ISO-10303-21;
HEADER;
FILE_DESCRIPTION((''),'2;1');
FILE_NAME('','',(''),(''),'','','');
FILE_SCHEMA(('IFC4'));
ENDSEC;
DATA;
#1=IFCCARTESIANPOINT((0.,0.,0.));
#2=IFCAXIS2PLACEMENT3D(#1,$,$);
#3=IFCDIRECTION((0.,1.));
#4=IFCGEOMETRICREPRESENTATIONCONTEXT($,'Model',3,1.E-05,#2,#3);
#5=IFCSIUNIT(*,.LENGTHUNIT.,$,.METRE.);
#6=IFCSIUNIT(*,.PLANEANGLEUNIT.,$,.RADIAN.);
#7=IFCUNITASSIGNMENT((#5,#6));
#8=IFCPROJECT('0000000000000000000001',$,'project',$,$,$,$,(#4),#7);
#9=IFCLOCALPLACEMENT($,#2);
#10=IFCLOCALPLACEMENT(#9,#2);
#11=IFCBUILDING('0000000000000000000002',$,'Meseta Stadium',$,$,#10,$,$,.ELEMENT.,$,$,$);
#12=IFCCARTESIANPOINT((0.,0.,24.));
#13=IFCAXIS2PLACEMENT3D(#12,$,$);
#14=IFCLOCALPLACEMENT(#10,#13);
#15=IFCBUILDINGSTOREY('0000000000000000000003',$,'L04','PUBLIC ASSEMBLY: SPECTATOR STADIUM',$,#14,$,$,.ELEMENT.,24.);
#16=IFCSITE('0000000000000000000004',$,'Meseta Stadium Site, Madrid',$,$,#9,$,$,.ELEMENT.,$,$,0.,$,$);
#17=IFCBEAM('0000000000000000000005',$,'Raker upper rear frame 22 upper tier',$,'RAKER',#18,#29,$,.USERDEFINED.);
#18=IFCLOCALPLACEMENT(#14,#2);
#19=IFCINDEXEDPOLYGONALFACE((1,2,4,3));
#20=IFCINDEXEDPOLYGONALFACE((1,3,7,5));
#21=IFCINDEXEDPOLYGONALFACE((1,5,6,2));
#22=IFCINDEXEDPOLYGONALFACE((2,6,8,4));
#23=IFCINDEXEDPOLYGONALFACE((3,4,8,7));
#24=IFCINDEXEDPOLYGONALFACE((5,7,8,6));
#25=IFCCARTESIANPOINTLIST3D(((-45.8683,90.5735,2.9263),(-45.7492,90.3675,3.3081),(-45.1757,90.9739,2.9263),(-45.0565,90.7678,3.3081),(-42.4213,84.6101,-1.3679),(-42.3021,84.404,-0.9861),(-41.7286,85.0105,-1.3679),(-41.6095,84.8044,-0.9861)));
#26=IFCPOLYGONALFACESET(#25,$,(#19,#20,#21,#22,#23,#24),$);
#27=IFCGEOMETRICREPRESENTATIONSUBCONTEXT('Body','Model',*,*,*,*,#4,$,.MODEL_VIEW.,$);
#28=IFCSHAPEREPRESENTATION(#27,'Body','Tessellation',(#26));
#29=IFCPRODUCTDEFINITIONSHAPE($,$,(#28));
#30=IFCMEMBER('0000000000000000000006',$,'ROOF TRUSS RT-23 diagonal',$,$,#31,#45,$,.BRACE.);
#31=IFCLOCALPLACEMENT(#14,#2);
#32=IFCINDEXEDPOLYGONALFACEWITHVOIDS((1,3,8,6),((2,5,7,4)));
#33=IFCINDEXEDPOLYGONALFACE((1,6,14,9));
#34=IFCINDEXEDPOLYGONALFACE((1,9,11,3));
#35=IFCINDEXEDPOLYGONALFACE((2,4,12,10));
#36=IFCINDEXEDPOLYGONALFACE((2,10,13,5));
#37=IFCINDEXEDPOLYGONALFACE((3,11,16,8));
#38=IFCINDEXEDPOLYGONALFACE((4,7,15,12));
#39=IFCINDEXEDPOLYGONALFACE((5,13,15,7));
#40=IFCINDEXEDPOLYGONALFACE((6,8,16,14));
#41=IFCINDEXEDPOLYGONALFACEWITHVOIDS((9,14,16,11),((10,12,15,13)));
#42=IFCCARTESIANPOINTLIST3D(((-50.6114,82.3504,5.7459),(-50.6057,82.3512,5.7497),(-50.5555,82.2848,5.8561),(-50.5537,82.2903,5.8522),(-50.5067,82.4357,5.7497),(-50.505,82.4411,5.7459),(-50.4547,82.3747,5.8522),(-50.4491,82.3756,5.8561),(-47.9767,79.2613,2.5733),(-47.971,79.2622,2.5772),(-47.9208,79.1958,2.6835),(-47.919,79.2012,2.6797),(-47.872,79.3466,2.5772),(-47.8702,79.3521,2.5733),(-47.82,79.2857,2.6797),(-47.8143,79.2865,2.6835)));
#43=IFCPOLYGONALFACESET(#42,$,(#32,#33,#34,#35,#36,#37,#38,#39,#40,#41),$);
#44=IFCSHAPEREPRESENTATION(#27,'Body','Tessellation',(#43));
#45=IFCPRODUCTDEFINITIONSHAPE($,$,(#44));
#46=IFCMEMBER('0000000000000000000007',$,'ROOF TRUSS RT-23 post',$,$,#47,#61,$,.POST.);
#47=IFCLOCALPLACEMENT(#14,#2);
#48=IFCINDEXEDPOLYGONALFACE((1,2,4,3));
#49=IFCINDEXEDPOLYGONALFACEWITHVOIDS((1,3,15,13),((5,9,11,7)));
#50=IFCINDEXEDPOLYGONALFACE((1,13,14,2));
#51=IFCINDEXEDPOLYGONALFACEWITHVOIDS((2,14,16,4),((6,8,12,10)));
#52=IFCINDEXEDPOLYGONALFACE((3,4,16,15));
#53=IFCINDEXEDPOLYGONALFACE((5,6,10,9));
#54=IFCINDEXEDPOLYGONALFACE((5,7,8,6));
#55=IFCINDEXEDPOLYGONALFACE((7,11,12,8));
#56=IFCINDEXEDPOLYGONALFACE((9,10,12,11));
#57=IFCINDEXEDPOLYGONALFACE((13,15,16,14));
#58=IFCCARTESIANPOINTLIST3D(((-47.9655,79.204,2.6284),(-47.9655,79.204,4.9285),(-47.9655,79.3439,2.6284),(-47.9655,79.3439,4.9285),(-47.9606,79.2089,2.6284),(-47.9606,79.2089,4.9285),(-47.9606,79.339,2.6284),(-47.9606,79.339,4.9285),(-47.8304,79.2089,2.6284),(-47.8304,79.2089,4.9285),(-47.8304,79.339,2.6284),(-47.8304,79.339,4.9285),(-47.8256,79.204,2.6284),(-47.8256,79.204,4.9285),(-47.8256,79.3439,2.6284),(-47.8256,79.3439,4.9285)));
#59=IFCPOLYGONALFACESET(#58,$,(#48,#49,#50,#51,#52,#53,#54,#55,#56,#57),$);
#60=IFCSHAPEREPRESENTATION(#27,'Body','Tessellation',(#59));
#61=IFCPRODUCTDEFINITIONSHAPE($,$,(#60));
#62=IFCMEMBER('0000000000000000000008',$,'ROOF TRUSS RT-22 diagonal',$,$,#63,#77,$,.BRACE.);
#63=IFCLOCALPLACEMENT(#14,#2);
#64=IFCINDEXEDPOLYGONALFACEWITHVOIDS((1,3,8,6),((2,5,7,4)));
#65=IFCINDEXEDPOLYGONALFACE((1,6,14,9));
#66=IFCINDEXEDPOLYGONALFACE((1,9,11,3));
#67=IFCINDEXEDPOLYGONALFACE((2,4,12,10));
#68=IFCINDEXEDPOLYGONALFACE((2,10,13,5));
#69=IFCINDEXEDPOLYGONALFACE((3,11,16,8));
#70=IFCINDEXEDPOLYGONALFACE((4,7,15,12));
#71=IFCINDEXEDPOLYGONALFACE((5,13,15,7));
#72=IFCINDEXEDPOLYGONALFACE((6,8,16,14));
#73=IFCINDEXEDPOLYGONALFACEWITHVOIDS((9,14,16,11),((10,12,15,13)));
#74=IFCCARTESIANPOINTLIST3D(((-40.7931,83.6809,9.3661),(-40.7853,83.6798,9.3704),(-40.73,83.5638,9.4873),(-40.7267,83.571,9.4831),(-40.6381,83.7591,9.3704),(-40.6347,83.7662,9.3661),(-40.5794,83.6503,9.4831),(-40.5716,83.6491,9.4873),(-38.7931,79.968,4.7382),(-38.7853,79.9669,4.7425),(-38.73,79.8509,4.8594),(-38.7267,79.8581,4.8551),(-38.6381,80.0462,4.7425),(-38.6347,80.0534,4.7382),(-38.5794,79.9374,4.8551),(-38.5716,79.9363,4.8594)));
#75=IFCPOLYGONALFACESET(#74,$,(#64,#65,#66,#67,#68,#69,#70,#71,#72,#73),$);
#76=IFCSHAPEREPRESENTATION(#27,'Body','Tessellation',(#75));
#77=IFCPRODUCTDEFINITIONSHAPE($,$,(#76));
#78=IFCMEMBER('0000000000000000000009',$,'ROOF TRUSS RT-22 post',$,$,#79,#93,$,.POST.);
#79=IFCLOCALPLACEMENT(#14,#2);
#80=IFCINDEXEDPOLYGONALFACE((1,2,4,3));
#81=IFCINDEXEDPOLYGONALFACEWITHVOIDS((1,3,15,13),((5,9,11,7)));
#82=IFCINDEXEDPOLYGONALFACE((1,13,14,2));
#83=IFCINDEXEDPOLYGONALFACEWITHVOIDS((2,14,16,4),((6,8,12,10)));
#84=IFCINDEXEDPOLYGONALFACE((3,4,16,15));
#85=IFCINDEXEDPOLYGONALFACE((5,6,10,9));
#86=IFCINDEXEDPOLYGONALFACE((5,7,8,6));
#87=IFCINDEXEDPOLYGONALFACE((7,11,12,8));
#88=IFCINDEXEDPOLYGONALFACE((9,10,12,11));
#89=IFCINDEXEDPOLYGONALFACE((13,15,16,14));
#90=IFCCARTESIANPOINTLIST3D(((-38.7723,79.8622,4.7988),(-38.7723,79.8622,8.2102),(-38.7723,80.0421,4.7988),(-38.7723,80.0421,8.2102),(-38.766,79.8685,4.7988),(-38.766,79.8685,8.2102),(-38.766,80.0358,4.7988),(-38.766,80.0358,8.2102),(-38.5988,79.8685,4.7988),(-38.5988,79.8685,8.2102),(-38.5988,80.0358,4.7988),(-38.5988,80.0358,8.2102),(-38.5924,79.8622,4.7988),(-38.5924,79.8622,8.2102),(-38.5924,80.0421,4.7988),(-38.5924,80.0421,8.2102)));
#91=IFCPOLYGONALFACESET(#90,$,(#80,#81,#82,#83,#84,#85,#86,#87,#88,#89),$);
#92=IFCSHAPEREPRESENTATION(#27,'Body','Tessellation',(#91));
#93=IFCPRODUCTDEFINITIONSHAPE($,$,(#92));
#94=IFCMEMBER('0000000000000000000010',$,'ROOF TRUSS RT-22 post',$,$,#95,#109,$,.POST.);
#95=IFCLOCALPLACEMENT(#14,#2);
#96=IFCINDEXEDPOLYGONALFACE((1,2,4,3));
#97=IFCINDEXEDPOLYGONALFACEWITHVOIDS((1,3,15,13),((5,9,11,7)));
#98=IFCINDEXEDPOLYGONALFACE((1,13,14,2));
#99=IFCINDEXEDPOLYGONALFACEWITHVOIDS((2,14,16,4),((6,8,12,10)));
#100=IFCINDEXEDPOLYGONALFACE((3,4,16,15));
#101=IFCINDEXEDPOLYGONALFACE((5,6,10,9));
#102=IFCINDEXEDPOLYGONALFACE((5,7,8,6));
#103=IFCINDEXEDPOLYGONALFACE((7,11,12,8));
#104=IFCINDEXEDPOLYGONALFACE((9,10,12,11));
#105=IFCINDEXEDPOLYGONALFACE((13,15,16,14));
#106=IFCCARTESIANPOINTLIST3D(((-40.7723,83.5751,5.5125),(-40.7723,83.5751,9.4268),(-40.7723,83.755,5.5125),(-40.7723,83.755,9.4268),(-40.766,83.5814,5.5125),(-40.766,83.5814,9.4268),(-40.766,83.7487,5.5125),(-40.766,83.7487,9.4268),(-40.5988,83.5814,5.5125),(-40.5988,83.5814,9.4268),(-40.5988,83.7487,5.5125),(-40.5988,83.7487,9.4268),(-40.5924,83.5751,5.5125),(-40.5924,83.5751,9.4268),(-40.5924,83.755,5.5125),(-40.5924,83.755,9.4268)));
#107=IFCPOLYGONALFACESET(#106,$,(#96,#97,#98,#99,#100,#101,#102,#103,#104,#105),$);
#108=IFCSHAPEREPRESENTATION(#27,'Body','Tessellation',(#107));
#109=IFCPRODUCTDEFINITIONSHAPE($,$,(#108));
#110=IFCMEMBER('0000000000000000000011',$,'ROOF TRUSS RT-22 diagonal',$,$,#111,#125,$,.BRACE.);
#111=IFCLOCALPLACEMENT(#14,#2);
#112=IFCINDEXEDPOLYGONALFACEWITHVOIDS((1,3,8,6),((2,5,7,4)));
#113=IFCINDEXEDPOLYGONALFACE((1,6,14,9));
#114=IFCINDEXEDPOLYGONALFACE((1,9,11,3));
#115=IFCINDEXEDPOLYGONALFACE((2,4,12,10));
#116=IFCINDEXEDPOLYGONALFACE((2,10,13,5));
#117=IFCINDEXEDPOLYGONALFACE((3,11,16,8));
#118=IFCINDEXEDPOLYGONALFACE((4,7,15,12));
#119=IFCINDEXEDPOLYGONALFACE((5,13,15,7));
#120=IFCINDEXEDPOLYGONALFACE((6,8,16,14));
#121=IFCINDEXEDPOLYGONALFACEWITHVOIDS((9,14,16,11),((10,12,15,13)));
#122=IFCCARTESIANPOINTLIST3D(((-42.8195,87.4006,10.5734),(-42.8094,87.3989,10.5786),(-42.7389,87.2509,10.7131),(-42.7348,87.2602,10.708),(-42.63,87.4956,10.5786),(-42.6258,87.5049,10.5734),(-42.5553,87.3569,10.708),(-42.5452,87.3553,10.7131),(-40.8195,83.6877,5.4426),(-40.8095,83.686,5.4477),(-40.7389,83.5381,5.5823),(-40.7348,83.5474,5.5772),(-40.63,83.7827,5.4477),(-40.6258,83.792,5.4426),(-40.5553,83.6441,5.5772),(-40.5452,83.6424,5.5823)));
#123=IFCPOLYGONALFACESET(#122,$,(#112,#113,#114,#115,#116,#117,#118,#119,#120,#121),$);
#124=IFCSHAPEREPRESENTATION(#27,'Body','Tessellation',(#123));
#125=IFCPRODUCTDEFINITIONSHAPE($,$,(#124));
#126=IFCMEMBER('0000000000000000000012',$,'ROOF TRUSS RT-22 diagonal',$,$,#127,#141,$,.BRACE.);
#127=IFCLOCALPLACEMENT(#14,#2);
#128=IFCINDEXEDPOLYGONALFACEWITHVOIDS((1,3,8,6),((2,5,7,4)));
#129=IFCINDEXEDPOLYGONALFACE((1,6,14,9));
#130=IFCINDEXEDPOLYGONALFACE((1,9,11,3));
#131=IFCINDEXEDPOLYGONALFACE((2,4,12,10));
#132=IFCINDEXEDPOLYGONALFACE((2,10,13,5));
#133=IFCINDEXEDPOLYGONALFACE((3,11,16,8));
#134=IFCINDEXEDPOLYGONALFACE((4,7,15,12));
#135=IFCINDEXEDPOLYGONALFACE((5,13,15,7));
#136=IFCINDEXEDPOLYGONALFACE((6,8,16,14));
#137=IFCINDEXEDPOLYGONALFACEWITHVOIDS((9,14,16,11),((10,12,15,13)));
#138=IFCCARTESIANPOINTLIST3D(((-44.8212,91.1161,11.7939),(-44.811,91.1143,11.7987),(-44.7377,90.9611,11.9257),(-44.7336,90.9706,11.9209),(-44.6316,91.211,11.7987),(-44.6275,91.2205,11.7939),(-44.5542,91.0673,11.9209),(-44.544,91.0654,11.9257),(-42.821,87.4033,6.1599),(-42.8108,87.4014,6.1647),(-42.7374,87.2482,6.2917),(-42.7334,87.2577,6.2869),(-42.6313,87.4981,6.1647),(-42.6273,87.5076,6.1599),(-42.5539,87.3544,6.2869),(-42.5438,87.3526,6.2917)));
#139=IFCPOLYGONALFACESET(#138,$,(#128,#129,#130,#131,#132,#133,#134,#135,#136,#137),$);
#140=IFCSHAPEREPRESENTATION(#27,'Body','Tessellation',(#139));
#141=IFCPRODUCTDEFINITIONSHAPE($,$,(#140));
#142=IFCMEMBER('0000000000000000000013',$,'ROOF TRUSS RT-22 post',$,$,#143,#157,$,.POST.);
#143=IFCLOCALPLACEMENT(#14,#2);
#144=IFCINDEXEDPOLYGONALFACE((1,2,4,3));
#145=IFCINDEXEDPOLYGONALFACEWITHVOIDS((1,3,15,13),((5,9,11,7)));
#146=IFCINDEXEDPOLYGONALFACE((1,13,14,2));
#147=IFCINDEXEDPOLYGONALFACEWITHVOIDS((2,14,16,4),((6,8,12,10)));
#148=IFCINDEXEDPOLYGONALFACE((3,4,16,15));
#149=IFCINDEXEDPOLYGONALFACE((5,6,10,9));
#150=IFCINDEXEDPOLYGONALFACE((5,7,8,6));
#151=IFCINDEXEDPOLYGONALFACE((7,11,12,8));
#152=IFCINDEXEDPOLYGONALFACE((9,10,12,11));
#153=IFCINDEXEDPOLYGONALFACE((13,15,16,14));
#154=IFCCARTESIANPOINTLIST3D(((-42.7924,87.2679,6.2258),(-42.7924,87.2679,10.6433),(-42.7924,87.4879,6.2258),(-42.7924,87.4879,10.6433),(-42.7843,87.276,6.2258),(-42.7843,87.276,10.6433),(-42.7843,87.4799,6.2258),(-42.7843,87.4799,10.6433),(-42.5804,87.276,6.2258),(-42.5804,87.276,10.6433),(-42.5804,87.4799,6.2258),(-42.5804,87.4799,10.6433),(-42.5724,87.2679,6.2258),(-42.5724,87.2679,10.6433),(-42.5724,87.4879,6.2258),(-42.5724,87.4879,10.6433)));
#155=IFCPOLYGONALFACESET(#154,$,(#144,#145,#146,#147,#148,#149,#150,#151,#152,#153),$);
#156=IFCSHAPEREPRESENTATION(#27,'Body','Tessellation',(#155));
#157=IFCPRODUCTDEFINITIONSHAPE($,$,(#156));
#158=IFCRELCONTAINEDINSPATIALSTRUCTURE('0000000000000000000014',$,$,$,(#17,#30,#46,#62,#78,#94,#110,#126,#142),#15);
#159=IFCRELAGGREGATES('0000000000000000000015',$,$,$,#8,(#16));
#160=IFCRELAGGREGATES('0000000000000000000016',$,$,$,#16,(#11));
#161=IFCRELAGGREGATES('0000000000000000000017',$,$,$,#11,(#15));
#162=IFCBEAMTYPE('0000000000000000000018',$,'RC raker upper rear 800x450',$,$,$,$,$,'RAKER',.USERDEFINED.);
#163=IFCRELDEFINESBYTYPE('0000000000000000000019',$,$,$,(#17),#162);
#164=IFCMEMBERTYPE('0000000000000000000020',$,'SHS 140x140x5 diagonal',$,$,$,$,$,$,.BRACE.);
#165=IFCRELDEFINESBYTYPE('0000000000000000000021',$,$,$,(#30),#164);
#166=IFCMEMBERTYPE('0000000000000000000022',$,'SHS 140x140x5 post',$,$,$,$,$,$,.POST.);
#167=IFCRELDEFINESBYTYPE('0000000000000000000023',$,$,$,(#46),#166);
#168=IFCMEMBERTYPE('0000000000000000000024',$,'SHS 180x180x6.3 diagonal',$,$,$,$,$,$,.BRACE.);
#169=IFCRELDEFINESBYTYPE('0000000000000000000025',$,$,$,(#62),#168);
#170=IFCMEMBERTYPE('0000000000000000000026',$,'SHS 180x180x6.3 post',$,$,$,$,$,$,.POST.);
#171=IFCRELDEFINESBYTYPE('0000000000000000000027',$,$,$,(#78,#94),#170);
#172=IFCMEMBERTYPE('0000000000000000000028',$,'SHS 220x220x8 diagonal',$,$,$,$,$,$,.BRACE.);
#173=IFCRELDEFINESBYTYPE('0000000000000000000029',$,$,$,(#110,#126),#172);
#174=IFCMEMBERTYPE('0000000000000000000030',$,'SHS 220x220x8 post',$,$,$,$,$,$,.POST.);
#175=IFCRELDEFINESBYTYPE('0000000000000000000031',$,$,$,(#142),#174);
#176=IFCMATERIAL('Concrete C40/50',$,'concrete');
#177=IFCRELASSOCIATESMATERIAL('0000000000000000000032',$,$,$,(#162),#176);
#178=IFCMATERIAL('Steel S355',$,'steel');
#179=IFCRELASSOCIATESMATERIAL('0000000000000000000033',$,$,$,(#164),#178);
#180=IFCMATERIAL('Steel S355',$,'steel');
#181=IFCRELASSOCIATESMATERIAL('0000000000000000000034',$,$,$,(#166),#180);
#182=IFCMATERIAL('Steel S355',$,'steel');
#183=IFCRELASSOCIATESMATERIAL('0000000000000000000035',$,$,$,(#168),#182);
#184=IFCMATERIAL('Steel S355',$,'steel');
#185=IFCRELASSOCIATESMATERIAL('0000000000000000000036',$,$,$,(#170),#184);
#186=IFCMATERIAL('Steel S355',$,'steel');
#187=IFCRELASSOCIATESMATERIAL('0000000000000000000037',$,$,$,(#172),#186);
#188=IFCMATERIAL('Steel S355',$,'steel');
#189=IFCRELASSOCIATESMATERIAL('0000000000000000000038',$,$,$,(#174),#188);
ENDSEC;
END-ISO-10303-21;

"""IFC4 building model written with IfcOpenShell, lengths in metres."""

from ifc_helpers import new_model, si_unit, direction, frame, origin, origin_2d, place, context, subcontext, project, spatial, rectangle, hollow_rectangle, extrude, material, material_profile, profile_set, type_object, element, save


model = new_model("IFC4")

# Units and contexts
model_context = context("Model", 3, precision=1e-05, world=origin(), true_north=direction((0.0, 1.0)))
body_context = subcontext(model_context, "Body", "Model", "MODEL_VIEW")
ifc_project = project(units=[si_unit("LENGTHUNIT", "METRE"), si_unit("PLANEANGLEUNIT", "RADIAN")], contexts=[model_context])

# Site, building, storey
site_placement = place(None, origin())
site = spatial("IfcSite", under=ifc_project, at=site_placement, Name="Meseta Stadium Site, Madrid", CompositionType="ELEMENT", RefElevation=0.0)
building_placement = place(site_placement, origin())
building = spatial("IfcBuilding", under=site, at=building_placement, Name="Meseta Stadium", CompositionType="ELEMENT")
storey_placement = place(building_placement, frame((0.0, 0.0, 24.0)))
storey = spatial("IfcBuildingStorey", under=building, at=storey_placement, Name="L04", Description="PUBLIC ASSEMBLY: SPECTATOR STADIUM", CompositionType="ELEMENT", Elevation=24.0)

# Beam
ifc_material_1 = material(Name="Concrete C40/50", Category="concrete")
ifc_material_profile_1 = material_profile(ifc_material_1, rectangle(XDim=0.8, YDim=0.45, at=origin_2d()), Name="RC 800x450")
ifc_profile_set_1 = profile_set([ifc_material_profile_1], Name="Concrete C40/50")
beam_type = type_object("IfcBeamType", Name="RC raker upper rear 800x450", ElementType="RAKER", PredefinedType="USERDEFINED", material=ifc_profile_set_1)
beam_placement = place(storey_placement, frame((-42.0154, 84.7073, -1.177), z_axis=(-0.424673, 0.734688, 0.529044), x_axis=(-0.86577, -0.500442, 0.0)))
element("IfcBeam", 1, at=beam_placement, inside=storey, type_object=beam_type, Name="Raker upper rear frame 22 upper tier", ObjectType="RAKER", PredefinedType="USERDEFINED", context=body_context, shape_type="SweptSolid", body=[
    extrude(rectangle(XDim=0.8, YDim=0.45, at=origin_2d()), origin(), (0.0, 0.0, 1.0), 8.1169),
])

# Members
ifc_material_2 = material(Name="Steel S355", Category="steel")
ifc_material_profile_2 = material_profile(ifc_material_2, hollow_rectangle(XDim=0.1399, YDim=0.1399, WallThickness=0.0049, at=origin_2d()), Name="SHS 140x140x5")
ifc_profile_set_2 = profile_set([ifc_material_profile_2], Name="Steel S355")
member_type_1 = type_object("IfcMemberType", Name="SHS 140x140x5 diagonal", PredefinedType="BRACE", material=ifc_profile_set_2)
member_1_placement = place(storey_placement, frame((-47.8955, 79.2739, 2.6284), z_axis=(-0.51134, 0.599516, 0.615721), x_axis=(-0.760842, -0.648937, 0.0)))
element("IfcMember", 2, at=member_1_placement, inside=storey, type_object=member_type_1, Name="ROOF TRUSS RT-23 diagonal", PredefinedType="BRACE", context=body_context, shape_type="SweptSolid", body=[
    extrude(hollow_rectangle(XDim=0.1399, YDim=0.1399, WallThickness=0.0049, at=origin_2d()), origin(), (0.0, 0.0, 1.0), 5.1526),
])
ifc_material_3 = material(Name="Steel S355", Category="steel")
ifc_material_profile_3 = material_profile(ifc_material_3, hollow_rectangle(XDim=0.1399, YDim=0.1399, WallThickness=0.0049, at=origin_2d()), Name="SHS 140x140x5")
ifc_profile_set_3 = profile_set([ifc_material_profile_3], Name="Steel S355")
member_type_2 = type_object("IfcMemberType", Name="SHS 140x140x5 post", PredefinedType="POST", material=ifc_profile_set_3)
member_2_placement = place(storey_placement, frame((-47.8955, 79.2739, 2.6284), z_axis=(0.0, 0.0, 1.0), x_axis=(1.0, 0.0, 0.0)))
element("IfcMember", 3, at=member_2_placement, inside=storey, type_object=member_type_2, Name="ROOF TRUSS RT-23 post", PredefinedType="POST", context=body_context, shape_type="SweptSolid", body=[
    extrude(hollow_rectangle(XDim=0.1399, YDim=0.1399, WallThickness=0.0049, at=origin_2d()), origin(), (0.0, 0.0, 1.0), 2.3),
])
ifc_material_4 = material(Name="Steel S355", Category="steel")
ifc_material_profile_4 = material_profile(ifc_material_4, hollow_rectangle(XDim=0.1799, YDim=0.1799, WallThickness=0.0063, at=origin_2d()), Name="SHS 180x180x6.3")
ifc_profile_set_4 = profile_set([ifc_material_profile_4], Name="Steel S355")
member_type_3 = type_object("IfcMemberType", Name="SHS 180x180x6.3 diagonal", PredefinedType="BRACE", material=ifc_profile_set_4)
member_3_placement = place(storey_placement, frame((-38.6824, 79.9521, 4.7988), z_axis=(-0.319425, 0.592995, 0.739138), x_axis=(-0.880397, -0.474238, 0.0)))
element("IfcMember", 4, at=member_3_placement, inside=storey, type_object=member_type_3, Name="ROOF TRUSS RT-22 diagonal", PredefinedType="BRACE", context=body_context, shape_type="SweptSolid", body=[
    extrude(hollow_rectangle(XDim=0.1799, YDim=0.1799, WallThickness=0.0063, at=origin_2d()), origin(), (0.0, 0.0, 1.0), 6.2612),
])
ifc_material_5 = material(Name="Steel S355", Category="steel")
ifc_material_profile_5 = material_profile(ifc_material_5, hollow_rectangle(XDim=0.1799, YDim=0.1799, WallThickness=0.0063, at=origin_2d()), Name="SHS 180x180x6.3")
ifc_profile_set_5 = profile_set([ifc_material_profile_5], Name="Steel S355")
member_type_4 = type_object("IfcMemberType", Name="SHS 180x180x6.3 post", PredefinedType="POST", material=ifc_profile_set_5)
member_4_placement = place(storey_placement, frame((-38.6824, 79.9521, 4.7988), z_axis=(0.0, 0.0, 1.0), x_axis=(1.0, 0.0, 0.0)))
element("IfcMember", 5, at=member_4_placement, inside=storey, type_object=member_type_4, Name="ROOF TRUSS RT-22 post", PredefinedType="POST", context=body_context, shape_type="SweptSolid", body=[
    extrude(hollow_rectangle(XDim=0.1799, YDim=0.1799, WallThickness=0.0063, at=origin_2d()), origin(), (0.0, 0.0, 1.0), 3.4114),
])
member_5_placement = place(storey_placement, frame((-40.6824, 83.665, 5.5125), z_axis=(0.0, 0.0, 1.0), x_axis=(1.0, 0.0, 0.0)))
element("IfcMember", 6, at=member_5_placement, inside=storey, type_object=member_type_4, Name="ROOF TRUSS RT-22 post", PredefinedType="POST", context=body_context, shape_type="SweptSolid", body=[
    extrude(hollow_rectangle(XDim=0.1799, YDim=0.1799, WallThickness=0.0063, at=origin_2d()), origin(), (0.0, 0.0, 1.0), 3.9143),
])
ifc_material_6 = material(Name="Steel S355", Category="steel")
ifc_material_profile_6 = material_profile(ifc_material_6, hollow_rectangle(XDim=0.22, YDim=0.22, WallThickness=0.0081, at=origin_2d()), Name="SHS 220x220x8")
ifc_profile_set_6 = profile_set([ifc_material_profile_6], Name="Steel S355")
member_type_5 = type_object("IfcMemberType", Name="SHS 220x220x8 diagonal", PredefinedType="BRACE", material=ifc_profile_set_6)
member_6_placement = place(storey_placement, frame((-40.6824, 83.665, 5.5125), z_axis=(-0.301131, 0.559033, 0.77253), x_axis=(-0.880397, -0.474238, 0.0)))
element("IfcMember", 7, at=member_6_placement, inside=storey, type_object=member_type_5, Name="ROOF TRUSS RT-22 diagonal", PredefinedType="BRACE", context=body_context, shape_type="SweptSolid", body=[
    extrude(hollow_rectangle(XDim=0.22, YDim=0.22, WallThickness=0.0081, at=origin_2d()), origin(), (0.0, 0.0, 1.0), 6.6416),
])
member_7_placement = place(storey_placement, frame((-42.6824, 87.3779, 6.2258), z_axis=(-0.284219, 0.527574, 0.800553), x_axis=(-0.880373, -0.474283, 0.0)))
element("IfcMember", 8, at=member_7_placement, inside=storey, type_object=member_type_5, Name="ROOF TRUSS RT-22 diagonal", PredefinedType="BRACE", context=body_context, shape_type="SweptSolid", body=[
    extrude(hollow_rectangle(XDim=0.22, YDim=0.22, WallThickness=0.0081, at=origin_2d()), origin(), (0.0, 0.0, 1.0), 7.0376),
])
ifc_material_7 = material(Name="Steel S355", Category="steel")
ifc_material_profile_7 = material_profile(ifc_material_7, hollow_rectangle(XDim=0.22, YDim=0.22, WallThickness=0.0081, at=origin_2d()), Name="SHS 220x220x8")
ifc_profile_set_7 = profile_set([ifc_material_profile_7], Name="Steel S355")
member_type_6 = type_object("IfcMemberType", Name="SHS 220x220x8 post", PredefinedType="POST", material=ifc_profile_set_7)
member_8_placement = place(storey_placement, frame((-42.6824, 87.3779, 6.2258), z_axis=(0.0, 0.0, 1.0), x_axis=(1.0, 0.0, 0.0)))
element("IfcMember", 9, at=member_8_placement, inside=storey, type_object=member_type_6, Name="ROOF TRUSS RT-22 post", PredefinedType="POST", context=body_context, shape_type="SweptSolid", body=[
    extrude(hollow_rectangle(XDim=0.22, YDim=0.22, WallThickness=0.0081, at=origin_2d()), origin(), (0.0, 0.0, 1.0), 4.4175),
])

save(model, "model.ifc")
